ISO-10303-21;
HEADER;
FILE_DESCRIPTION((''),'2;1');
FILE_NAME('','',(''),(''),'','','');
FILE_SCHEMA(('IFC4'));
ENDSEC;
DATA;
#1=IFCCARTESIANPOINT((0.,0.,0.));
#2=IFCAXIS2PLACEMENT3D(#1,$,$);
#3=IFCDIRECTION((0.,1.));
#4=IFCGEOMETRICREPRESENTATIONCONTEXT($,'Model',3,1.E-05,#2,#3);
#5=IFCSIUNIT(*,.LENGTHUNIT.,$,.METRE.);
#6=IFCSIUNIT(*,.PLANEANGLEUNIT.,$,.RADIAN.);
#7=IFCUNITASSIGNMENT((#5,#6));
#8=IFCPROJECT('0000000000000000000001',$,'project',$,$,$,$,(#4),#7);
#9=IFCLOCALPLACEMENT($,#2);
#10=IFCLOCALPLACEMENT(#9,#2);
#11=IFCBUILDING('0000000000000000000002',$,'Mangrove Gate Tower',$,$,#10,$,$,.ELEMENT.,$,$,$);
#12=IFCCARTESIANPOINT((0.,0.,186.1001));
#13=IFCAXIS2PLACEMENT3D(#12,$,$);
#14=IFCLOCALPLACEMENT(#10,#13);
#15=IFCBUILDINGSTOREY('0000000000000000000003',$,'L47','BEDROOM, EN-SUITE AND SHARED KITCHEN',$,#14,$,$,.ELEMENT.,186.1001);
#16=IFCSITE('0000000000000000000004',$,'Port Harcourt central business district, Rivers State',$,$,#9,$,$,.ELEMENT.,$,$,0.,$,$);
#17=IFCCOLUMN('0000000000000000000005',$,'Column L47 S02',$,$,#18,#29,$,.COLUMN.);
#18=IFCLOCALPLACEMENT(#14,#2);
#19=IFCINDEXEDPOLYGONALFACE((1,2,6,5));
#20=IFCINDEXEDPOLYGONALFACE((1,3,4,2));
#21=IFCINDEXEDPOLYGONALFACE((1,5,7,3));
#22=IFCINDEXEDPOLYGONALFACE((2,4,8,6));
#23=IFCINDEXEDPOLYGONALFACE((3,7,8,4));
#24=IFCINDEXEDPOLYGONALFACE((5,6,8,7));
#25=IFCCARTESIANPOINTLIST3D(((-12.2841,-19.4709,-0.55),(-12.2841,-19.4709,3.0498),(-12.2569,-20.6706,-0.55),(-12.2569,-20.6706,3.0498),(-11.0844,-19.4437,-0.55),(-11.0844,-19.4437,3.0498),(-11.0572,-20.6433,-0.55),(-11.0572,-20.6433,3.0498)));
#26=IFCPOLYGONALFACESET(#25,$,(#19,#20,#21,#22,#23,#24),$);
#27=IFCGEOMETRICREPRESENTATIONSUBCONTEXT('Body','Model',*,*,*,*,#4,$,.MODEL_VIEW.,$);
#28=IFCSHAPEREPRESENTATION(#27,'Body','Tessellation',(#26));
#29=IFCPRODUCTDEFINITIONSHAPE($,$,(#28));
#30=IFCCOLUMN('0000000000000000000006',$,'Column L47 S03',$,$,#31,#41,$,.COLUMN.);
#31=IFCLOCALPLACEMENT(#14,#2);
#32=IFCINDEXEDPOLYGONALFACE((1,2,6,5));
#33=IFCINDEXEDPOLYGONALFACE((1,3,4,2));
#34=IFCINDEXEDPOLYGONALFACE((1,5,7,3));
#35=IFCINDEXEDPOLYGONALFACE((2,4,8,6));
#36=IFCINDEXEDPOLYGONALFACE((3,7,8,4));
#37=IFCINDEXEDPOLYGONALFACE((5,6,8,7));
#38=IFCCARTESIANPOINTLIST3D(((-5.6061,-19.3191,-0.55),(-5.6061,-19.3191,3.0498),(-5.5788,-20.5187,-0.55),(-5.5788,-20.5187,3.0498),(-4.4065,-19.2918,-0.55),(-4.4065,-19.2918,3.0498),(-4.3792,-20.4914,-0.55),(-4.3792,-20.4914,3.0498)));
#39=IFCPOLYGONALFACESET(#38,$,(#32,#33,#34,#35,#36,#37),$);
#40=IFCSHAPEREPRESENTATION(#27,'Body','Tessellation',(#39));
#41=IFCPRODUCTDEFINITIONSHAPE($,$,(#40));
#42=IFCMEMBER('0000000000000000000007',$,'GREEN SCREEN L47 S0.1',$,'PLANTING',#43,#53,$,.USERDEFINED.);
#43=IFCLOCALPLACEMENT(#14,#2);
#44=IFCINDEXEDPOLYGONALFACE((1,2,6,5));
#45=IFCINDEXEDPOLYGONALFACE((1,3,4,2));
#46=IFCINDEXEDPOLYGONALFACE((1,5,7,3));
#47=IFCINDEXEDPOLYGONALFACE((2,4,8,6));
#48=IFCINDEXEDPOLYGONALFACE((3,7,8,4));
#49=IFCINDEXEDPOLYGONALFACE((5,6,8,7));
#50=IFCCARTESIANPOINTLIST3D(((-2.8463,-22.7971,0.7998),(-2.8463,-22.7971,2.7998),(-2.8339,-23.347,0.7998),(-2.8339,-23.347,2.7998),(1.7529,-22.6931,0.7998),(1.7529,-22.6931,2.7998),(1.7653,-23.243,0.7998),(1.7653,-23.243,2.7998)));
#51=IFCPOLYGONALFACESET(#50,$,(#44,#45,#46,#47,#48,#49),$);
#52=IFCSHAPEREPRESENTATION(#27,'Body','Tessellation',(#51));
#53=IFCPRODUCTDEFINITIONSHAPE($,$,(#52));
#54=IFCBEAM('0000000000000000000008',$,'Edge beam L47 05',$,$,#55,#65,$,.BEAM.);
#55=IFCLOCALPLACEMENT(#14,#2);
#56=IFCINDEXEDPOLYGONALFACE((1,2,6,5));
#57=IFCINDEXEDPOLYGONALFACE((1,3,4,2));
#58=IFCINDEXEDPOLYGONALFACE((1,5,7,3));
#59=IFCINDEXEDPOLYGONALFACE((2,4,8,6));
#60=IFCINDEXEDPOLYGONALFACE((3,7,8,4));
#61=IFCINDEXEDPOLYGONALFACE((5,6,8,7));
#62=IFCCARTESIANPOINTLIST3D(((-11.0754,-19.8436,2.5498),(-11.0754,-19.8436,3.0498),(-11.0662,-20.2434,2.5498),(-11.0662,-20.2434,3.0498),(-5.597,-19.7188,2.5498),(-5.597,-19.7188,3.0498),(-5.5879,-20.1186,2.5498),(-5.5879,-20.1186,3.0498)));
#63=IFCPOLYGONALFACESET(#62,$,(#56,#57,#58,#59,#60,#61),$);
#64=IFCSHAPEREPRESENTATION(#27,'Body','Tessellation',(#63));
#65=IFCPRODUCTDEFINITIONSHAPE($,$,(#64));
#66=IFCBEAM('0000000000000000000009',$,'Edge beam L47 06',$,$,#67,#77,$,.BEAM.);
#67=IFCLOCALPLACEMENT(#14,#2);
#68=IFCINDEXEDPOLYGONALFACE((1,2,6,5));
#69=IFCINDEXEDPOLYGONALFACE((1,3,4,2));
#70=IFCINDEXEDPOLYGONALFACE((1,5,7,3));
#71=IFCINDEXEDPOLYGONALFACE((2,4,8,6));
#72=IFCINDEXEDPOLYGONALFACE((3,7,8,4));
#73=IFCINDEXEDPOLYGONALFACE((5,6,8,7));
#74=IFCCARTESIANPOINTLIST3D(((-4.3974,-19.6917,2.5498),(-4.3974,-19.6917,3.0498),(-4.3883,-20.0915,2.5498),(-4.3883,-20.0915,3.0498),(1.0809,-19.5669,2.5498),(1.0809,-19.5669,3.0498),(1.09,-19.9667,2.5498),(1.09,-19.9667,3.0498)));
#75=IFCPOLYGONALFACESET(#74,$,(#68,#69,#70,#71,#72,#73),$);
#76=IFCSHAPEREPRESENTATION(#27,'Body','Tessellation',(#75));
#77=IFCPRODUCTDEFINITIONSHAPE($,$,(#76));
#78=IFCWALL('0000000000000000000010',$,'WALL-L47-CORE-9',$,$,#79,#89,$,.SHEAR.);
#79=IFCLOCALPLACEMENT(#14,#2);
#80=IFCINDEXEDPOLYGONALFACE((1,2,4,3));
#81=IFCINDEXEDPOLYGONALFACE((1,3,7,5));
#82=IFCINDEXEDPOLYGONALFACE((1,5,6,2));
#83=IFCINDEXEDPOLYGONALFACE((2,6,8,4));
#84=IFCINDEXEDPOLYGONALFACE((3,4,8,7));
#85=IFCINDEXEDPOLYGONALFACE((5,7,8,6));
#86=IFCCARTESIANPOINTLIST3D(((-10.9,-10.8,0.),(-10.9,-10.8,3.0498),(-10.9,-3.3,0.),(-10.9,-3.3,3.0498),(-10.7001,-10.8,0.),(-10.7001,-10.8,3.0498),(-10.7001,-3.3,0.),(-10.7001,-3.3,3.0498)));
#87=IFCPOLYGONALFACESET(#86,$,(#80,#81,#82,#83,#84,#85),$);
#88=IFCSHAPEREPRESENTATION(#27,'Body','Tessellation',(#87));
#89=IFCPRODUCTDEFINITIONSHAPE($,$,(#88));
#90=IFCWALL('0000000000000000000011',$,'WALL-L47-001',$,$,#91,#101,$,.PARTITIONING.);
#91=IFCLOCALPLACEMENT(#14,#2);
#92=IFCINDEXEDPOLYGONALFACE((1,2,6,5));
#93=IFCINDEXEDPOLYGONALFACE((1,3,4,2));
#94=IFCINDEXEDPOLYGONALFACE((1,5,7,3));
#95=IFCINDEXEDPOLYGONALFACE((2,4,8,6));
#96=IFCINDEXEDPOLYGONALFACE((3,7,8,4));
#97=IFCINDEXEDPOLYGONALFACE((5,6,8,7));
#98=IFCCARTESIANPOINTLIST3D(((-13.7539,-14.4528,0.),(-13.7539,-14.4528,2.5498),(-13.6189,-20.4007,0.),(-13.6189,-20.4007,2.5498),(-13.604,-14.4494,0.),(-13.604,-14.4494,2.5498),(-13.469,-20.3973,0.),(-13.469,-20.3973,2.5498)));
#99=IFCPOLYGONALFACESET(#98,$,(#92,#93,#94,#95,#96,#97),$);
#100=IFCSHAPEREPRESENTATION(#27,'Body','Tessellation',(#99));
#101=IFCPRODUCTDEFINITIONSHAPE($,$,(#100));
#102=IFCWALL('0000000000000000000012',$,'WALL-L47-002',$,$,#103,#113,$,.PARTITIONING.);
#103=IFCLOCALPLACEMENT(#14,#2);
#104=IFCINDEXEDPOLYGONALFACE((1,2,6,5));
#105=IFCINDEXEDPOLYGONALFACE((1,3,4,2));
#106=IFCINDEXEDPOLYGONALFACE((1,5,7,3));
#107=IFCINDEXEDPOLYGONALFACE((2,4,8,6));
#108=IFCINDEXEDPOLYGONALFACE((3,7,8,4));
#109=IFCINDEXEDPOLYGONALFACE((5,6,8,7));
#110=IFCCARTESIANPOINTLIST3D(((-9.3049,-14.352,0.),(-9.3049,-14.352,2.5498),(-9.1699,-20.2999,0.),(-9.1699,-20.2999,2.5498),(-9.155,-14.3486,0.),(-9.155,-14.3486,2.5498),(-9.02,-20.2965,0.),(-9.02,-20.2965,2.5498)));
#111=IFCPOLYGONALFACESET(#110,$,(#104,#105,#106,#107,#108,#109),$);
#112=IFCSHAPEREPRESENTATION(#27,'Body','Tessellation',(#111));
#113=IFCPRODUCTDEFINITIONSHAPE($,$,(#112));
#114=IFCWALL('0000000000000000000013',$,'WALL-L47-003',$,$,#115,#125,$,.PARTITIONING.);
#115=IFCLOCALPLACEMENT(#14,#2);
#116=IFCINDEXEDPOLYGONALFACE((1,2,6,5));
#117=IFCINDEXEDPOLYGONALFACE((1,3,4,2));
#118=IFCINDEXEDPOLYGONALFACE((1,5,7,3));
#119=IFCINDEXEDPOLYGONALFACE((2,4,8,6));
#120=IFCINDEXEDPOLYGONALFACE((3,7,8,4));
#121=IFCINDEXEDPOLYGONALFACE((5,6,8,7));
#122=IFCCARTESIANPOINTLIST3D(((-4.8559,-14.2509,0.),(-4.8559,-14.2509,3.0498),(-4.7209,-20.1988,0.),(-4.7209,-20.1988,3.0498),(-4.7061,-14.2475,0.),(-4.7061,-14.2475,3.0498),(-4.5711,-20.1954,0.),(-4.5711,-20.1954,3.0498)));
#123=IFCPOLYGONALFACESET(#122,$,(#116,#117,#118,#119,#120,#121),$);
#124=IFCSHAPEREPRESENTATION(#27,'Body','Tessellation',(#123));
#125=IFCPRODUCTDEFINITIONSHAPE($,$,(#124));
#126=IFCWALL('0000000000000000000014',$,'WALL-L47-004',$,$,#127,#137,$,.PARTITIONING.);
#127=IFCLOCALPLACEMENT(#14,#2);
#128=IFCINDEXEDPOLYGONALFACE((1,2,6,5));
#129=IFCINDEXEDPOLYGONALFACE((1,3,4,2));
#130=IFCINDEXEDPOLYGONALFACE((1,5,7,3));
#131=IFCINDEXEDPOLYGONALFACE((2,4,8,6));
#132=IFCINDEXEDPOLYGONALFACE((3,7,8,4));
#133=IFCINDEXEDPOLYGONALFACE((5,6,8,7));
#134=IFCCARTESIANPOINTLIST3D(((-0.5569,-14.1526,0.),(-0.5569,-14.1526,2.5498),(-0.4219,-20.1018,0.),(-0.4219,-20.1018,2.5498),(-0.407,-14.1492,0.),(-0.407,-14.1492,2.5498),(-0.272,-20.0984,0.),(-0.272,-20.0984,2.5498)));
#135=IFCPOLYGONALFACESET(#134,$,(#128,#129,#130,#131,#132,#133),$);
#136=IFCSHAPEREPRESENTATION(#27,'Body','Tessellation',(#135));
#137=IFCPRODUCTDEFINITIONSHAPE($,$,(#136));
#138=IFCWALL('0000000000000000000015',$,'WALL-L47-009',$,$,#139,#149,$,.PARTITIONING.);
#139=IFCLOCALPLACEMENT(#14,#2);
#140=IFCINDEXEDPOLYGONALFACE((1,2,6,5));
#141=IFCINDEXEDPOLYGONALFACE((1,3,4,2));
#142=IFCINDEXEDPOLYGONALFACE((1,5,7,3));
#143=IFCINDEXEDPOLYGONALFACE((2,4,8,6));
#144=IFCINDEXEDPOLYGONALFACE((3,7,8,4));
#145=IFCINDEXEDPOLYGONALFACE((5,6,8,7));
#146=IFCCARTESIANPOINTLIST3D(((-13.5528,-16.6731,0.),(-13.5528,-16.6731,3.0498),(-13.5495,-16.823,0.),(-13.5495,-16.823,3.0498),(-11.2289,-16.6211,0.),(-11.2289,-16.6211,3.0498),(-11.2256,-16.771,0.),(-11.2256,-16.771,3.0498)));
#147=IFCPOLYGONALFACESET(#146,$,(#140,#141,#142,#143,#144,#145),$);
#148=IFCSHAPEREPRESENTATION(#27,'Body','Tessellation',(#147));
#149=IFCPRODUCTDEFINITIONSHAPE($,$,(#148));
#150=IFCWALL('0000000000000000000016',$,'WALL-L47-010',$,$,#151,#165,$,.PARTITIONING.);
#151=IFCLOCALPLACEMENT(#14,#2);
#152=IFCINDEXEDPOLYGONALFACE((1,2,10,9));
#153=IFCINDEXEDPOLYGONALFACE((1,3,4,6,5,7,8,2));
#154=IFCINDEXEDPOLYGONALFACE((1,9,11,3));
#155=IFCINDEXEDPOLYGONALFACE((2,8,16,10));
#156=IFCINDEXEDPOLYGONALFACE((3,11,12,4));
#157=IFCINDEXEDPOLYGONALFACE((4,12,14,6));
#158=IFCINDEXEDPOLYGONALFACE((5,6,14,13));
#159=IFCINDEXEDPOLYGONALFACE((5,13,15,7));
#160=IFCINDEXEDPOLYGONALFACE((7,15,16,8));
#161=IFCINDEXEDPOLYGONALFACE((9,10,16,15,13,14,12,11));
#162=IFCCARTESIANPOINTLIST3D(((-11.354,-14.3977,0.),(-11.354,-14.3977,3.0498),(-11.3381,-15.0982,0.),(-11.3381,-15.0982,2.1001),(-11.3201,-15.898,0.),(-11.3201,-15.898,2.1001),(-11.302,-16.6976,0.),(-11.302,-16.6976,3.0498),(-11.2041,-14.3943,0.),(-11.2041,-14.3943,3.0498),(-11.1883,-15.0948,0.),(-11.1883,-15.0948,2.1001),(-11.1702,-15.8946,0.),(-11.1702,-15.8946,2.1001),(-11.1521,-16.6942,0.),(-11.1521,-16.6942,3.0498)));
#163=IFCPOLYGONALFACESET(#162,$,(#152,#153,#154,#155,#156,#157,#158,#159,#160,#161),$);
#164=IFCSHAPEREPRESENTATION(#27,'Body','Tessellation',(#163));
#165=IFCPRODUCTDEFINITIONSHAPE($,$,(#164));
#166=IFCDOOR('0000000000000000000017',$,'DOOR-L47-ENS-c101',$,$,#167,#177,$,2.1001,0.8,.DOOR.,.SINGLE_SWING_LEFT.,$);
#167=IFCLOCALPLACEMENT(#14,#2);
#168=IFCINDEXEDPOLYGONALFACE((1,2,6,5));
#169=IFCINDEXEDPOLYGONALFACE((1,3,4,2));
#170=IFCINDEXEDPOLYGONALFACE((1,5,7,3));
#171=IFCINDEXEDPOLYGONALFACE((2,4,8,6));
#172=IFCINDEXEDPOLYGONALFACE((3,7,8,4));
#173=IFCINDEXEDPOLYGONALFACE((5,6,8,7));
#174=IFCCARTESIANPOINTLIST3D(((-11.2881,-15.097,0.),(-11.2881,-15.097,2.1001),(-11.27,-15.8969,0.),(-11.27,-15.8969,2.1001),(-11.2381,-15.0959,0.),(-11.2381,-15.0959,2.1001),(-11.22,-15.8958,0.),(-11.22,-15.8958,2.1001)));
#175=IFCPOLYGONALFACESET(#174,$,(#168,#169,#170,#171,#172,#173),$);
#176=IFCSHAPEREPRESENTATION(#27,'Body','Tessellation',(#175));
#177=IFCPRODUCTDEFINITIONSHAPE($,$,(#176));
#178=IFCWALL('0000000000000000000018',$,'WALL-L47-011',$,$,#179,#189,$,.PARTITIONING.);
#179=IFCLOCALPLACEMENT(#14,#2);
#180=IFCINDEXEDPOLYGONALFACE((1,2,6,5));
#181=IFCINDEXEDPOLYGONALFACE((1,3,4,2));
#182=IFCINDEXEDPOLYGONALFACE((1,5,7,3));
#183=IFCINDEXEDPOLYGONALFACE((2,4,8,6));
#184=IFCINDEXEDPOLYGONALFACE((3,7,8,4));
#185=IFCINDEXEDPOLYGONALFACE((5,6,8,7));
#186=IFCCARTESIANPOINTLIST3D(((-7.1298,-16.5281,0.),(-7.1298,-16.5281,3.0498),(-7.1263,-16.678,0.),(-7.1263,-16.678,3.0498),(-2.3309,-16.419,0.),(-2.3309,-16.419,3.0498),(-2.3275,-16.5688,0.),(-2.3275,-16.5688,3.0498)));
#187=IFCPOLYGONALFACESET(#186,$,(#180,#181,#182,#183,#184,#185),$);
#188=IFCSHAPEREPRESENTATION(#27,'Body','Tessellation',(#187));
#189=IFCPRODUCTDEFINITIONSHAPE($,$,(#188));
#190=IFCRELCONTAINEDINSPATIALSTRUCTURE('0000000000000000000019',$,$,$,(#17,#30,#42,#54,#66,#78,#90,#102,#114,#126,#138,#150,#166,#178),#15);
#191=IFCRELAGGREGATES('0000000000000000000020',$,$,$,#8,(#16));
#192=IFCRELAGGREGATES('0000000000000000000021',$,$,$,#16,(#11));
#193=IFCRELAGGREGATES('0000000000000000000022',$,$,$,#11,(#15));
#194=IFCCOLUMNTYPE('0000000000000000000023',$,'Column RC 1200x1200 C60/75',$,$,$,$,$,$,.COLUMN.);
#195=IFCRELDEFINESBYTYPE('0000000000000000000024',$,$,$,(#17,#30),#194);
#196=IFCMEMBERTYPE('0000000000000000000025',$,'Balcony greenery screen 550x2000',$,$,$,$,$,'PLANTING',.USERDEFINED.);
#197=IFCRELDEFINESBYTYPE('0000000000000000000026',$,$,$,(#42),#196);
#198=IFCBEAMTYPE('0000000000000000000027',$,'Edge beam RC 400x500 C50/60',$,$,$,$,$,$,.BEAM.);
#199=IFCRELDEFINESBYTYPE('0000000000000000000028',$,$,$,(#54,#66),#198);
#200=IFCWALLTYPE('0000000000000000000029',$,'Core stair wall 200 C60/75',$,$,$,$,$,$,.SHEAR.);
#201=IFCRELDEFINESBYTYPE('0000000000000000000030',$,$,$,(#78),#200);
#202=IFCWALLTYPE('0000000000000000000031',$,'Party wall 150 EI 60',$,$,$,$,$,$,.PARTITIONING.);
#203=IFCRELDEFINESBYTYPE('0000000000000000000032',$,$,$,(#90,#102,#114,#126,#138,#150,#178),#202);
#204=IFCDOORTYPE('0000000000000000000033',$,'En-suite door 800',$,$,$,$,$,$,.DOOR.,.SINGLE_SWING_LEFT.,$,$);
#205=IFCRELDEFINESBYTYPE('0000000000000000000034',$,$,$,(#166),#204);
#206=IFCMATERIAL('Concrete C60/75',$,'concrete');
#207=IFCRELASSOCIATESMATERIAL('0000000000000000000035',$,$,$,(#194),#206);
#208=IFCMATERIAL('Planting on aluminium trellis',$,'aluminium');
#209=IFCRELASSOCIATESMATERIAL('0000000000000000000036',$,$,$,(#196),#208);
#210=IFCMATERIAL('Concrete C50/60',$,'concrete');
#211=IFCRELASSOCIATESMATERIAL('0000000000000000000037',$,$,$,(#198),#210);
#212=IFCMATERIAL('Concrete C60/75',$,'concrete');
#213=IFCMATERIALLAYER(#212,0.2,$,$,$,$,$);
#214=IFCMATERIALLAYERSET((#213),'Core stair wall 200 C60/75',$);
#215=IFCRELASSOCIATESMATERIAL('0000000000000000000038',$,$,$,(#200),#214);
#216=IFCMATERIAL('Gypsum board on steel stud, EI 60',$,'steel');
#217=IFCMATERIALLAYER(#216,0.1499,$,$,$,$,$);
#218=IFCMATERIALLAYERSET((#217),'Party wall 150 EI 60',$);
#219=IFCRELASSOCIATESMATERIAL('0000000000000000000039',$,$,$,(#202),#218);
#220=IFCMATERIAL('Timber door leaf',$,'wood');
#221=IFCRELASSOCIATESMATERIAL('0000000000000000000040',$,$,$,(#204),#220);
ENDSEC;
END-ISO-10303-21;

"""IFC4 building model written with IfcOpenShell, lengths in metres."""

from ifc_helpers import new_model, si_unit, direction, frame, frame_2d, origin, origin_2d, place, context, subcontext, project, spatial, rectangle, extrude, material, layer, layer_set, material_profile, profile_set, type_object, element, fill, save


model = new_model("IFC4")

# Units and contexts
model_context = context("Model", 3, precision=1e-05, world=origin(), true_north=direction((0.0, 1.0)))
body_context = subcontext(model_context, "Body", "Model", "MODEL_VIEW")
ifc_project = project(units=[si_unit("LENGTHUNIT", "METRE"), si_unit("PLANEANGLEUNIT", "RADIAN")], contexts=[model_context])

# Site, building, storey
site_placement = place(None, origin())
site = spatial("IfcSite", under=ifc_project, at=site_placement, Name="Port Harcourt central business district, Rivers State", CompositionType="ELEMENT", RefElevation=0.0)
building_placement = place(site_placement, origin())
building = spatial("IfcBuilding", under=site, at=building_placement, Name="Mangrove Gate Tower", CompositionType="ELEMENT")
storey_placement = place(building_placement, frame((0.0, 0.0, 186.1001)))
storey = spatial("IfcBuildingStorey", under=building, at=storey_placement, Name="L47", Description="BEDROOM, EN-SUITE AND SHARED KITCHEN", CompositionType="ELEMENT", Elevation=186.1001)

# Columns
ifc_material_1 = material(Name="Concrete C60/75", Category="concrete")
ifc_material_profile_1 = material_profile(ifc_material_1, rectangle(XDim=1.2, YDim=1.2, at=origin_2d()))
ifc_profile_set_1 = profile_set([ifc_material_profile_1], Name="Concrete C60/75")
column_type = type_object("IfcColumnType", Name="Column RC 1200x1200 C60/75", PredefinedType="COLUMN", material=ifc_profile_set_1)
for number, where, z_axis, x_axis, name in (
    (1, (-11.6707, -20.0571, -0.55), (0.0, 0.0, 1.0), (0.999743, 0.022679, 0.0), "Column L47 S02"),
    (2, (-4.9927, -19.9053, -0.55), (0.0, 0.0, 1.0), (0.999741, 0.022755, 0.0), "Column L47 S03"),
):
    element("IfcColumn", number, at=place(storey_placement, frame(where, z_axis=z_axis, x_axis=x_axis)), inside=storey, type_object=column_type, Name=name, PredefinedType="COLUMN", context=body_context, shape_type="SweptSolid", body=[
        extrude(rectangle(XDim=1.2, YDim=1.2, at=origin_2d()), origin(), (0.0, 0.0, 1.0), 3.5999),
    ])

# Member
ifc_material_2 = material(Name="Planting on aluminium trellis", Category="aluminium")
ifc_material_profile_2 = material_profile(ifc_material_2, rectangle(XDim=0.55, YDim=2.0, at=origin_2d()))
ifc_profile_set_2 = profile_set([ifc_material_profile_2], Name="Planting on aluminium trellis")
member_type = type_object("IfcMemberType", Name="Balcony greenery screen 550x2000", ElementType="PLANTING", PredefinedType="USERDEFINED", material=ifc_profile_set_2)
member_placement = place(storey_placement, frame((-2.8401, -23.072, 1.7998), z_axis=(0.999744, 0.022608, 0.0), x_axis=(-0.022608, 0.999744, 0.0)))
element("IfcMember", 3, at=member_placement, inside=storey, type_object=member_type, Name="GREEN SCREEN L47 S0.1", ObjectType="PLANTING", PredefinedType="USERDEFINED", context=body_context, shape_type="SweptSolid", body=[
    extrude(rectangle(XDim=0.55, YDim=2.0, at=origin_2d()), origin(), (0.0, 0.0, 1.0), 4.6003),
])

# Beams
ifc_material_3 = material(Name="Concrete C50/60", Category="concrete")
ifc_material_profile_3 = material_profile(ifc_material_3, rectangle(XDim=0.3999, YDim=0.5, at=origin_2d()))
ifc_profile_set_3 = profile_set([ifc_material_profile_3], Name="Concrete C50/60")
beam_type = type_object("IfcBeamType", Name="Edge beam RC 400x500 C50/60", PredefinedType="BEAM", material=ifc_profile_set_3)
for number, where, z_axis, x_axis, name in (
    (4, (-11.0708, -20.0435, 2.7998), (0.999741, 0.022767, 0.0), (-0.022767, 0.999741, 0.0), "Edge beam L47 05"),
    (5, (-4.3928, -19.8916, 2.7998), (0.999741, 0.022767, 0.0), (-0.022767, 0.999741, 0.0), "Edge beam L47 06"),
):
    element("IfcBeam", number, at=place(storey_placement, frame(where, z_axis=z_axis, x_axis=x_axis)), inside=storey, type_object=beam_type, Name=name, PredefinedType="BEAM", context=body_context, shape_type="SweptSolid", body=[
        extrude(rectangle(XDim=0.3999, YDim=0.5, at=origin_2d()), origin(), (0.0, 0.0, 1.0), 5.4797),
    ])

# Walls
ifc_material_4 = material(Name="Concrete C60/75", Category="concrete")
ifc_layer_1 = layer(ifc_material_4, 0.2)
ifc_layer_set_1 = layer_set([ifc_layer_1], Name="Core stair wall 200 C60/75")
wall_type_1 = type_object("IfcWallType", Name="Core stair wall 200 C60/75", PredefinedType="SHEAR", material=ifc_layer_set_1)
wall_1_placement = place(storey_placement, frame((-10.8, -10.8, 0.0), z_axis=(0.0, 0.0, 1.0), x_axis=(0.0, 1.0, 0.0)))
element("IfcWall", 6, at=wall_1_placement, inside=storey, type_object=wall_type_1, Name="WALL-L47-CORE-9", PredefinedType="SHEAR", context=body_context, shape_type="SweptSolid", body=[
    extrude(rectangle(XDim=7.5, YDim=0.2, at=frame_2d((3.75, 0.0))), origin(), (0.0, 0.0, 1.0), 3.0498),
])
ifc_material_5 = material(Name="Gypsum board on steel stud, EI 60", Category="steel")
ifc_layer_2 = layer(ifc_material_5, 0.1499)
ifc_layer_set_2 = layer_set([ifc_layer_2], Name="Party wall 150 EI 60")
wall_type_2 = type_object("IfcWallType", Name="Party wall 150 EI 60", PredefinedType="PARTITIONING", material=ifc_layer_set_2)
for number, where, z_axis, x_axis, name in (
    (7, (-13.5439, -20.3989, 0.0), (0.0, 0.0, 1.0), (-0.022693, 0.999742, 0.0), "WALL-L47-001"),
    (8, (-9.095, -20.2981, 0.0), (0.0, 0.0, 1.0), (-0.022693, 0.999742, 0.0), "WALL-L47-002"),
):
    element("IfcWall", number, at=place(storey_placement, frame(where, z_axis=z_axis, x_axis=x_axis)), inside=storey, type_object=wall_type_2, Name=name, PredefinedType="PARTITIONING", context=body_context, shape_type="SweptSolid", body=[
        extrude(rectangle(XDim=5.9495, YDim=0.1499, at=frame_2d((2.9746, 0.0))), origin(), (0.0, 0.0, 1.0), 2.5498),
    ])
wall_2_placement = place(storey_placement, frame((-4.646, -20.197, 0.0), z_axis=(0.0, 0.0, 1.0), x_axis=(-0.022693, 0.999742, 0.0)))
element("IfcWall", 9, at=wall_2_placement, inside=storey, type_object=wall_type_2, Name="WALL-L47-003", PredefinedType="PARTITIONING", context=body_context, shape_type="SweptSolid", body=[
    extrude(rectangle(XDim=5.9495, YDim=0.1499, at=frame_2d((2.9746, 0.0))), origin(), (0.0, 0.0, 1.0), 3.0498),
])
wall_3_placement = place(storey_placement, frame((-0.3469, -20.1001, 0.0), z_axis=(0.0, 0.0, 1.0), x_axis=(-0.022688, 0.999743, 0.0)))
element("IfcWall", 10, at=wall_3_placement, inside=storey, type_object=wall_type_2, Name="WALL-L47-004", PredefinedType="PARTITIONING", context=body_context, shape_type="SweptSolid", body=[
    extrude(rectangle(XDim=5.9507, YDim=0.1499, at=frame_2d((2.9753, 0.0))), origin(), (0.0, 0.0, 1.0), 2.5498),
])
wall_4_placement = place(storey_placement, frame((-13.551, -16.748, 0.0), z_axis=(0.0, 0.0, 1.0), x_axis=(0.99975, 0.022371, 0.0)))
element("IfcWall", 11, at=wall_4_placement, inside=storey, type_object=wall_type_2, Name="WALL-L47-009", PredefinedType="PARTITIONING", context=body_context, shape_type="SweptSolid", body=[
    extrude(rectangle(XDim=2.3245, YDim=0.1499, at=frame_2d((1.1621, 0.0))), origin(), (0.0, 0.0, 1.0), 3.0498),
])

# Wall, opening, door
wall_5_placement = place(storey_placement, frame((-11.2271, -16.696, 0.0), z_axis=(0.0, 0.0, 1.0), x_axis=(-0.022603, 0.999745, 0.0)))
wall_5 = element("IfcWall", 12, at=wall_5_placement, inside=storey, type_object=wall_type_2, Name="WALL-L47-010", PredefinedType="PARTITIONING", context=body_context, shape_type="SweptSolid", body=[
    extrude(rectangle(XDim=2.3005, YDim=0.1499, at=frame_2d((1.1504, 0.0))), origin(), (0.0, 0.0, 1.0), 3.0498),
])
opening_1_placement = place(wall_5_placement, frame((0.8, 0.0, 0.0)))
opening_1 = element("IfcOpeningElement", 13, at=opening_1_placement, cuts=wall_5, PredefinedType="OPENING", context=body_context, shape_type="SweptSolid", body=[
    extrude(rectangle(XDim=0.8, YDim=2.1001, at=frame_2d((0.3999, 1.05))), frame((0.0, 0.085, 0.0), z_axis=(0.0, -1.0, 0.0), x_axis=(1.0, 0.0, 0.0)), (0.0, 0.0, 1.0), 0.1699),
])
ifc_material_6 = material(Name="Timber door leaf", Category="wood")
door_type = type_object("IfcDoorType", Name="En-suite door 800", OperationType="SINGLE_SWING_LEFT", PredefinedType="DOOR", material=ifc_material_6)
door_1_placement = place(opening_1_placement, origin())
door_1 = element("IfcDoor", 14, at=door_1_placement, inside=storey, type_object=door_type, Name="DOOR-L47-ENS-c101", OperationType="SINGLE_SWING_LEFT", OverallHeight=2.1001, OverallWidth=0.8, PredefinedType="DOOR", context=body_context, shape_type="SweptSolid", body=[
    extrude(rectangle(XDim=0.8, YDim=2.1001, at=frame_2d((0.3999, 1.05))), frame((0.0, 0.0249, 0.0), z_axis=(0.0, -1.0, 0.0), x_axis=(1.0, 0.0, 0.0)), (0.0, 0.0, 1.0), 0.05),
])
fill(opening_1, door_1)

# Wall
wall_6_placement = place(storey_placement, frame((-7.1279, -16.603, 0.0), z_axis=(0.0, 0.0, 1.0), x_axis=(0.999742, 0.022735, 0.0)))
element("IfcWall", 15, at=wall_6_placement, inside=storey, type_object=wall_type_2, Name="WALL-L47-011", PredefinedType="PARTITIONING", context=body_context, shape_type="SweptSolid", body=[
    extrude(rectangle(XDim=4.8, YDim=0.1499, at=frame_2d((2.3999, 0.0))), origin(), (0.0, 0.0, 1.0), 3.0498),
])

save(model, "model.ifc")
